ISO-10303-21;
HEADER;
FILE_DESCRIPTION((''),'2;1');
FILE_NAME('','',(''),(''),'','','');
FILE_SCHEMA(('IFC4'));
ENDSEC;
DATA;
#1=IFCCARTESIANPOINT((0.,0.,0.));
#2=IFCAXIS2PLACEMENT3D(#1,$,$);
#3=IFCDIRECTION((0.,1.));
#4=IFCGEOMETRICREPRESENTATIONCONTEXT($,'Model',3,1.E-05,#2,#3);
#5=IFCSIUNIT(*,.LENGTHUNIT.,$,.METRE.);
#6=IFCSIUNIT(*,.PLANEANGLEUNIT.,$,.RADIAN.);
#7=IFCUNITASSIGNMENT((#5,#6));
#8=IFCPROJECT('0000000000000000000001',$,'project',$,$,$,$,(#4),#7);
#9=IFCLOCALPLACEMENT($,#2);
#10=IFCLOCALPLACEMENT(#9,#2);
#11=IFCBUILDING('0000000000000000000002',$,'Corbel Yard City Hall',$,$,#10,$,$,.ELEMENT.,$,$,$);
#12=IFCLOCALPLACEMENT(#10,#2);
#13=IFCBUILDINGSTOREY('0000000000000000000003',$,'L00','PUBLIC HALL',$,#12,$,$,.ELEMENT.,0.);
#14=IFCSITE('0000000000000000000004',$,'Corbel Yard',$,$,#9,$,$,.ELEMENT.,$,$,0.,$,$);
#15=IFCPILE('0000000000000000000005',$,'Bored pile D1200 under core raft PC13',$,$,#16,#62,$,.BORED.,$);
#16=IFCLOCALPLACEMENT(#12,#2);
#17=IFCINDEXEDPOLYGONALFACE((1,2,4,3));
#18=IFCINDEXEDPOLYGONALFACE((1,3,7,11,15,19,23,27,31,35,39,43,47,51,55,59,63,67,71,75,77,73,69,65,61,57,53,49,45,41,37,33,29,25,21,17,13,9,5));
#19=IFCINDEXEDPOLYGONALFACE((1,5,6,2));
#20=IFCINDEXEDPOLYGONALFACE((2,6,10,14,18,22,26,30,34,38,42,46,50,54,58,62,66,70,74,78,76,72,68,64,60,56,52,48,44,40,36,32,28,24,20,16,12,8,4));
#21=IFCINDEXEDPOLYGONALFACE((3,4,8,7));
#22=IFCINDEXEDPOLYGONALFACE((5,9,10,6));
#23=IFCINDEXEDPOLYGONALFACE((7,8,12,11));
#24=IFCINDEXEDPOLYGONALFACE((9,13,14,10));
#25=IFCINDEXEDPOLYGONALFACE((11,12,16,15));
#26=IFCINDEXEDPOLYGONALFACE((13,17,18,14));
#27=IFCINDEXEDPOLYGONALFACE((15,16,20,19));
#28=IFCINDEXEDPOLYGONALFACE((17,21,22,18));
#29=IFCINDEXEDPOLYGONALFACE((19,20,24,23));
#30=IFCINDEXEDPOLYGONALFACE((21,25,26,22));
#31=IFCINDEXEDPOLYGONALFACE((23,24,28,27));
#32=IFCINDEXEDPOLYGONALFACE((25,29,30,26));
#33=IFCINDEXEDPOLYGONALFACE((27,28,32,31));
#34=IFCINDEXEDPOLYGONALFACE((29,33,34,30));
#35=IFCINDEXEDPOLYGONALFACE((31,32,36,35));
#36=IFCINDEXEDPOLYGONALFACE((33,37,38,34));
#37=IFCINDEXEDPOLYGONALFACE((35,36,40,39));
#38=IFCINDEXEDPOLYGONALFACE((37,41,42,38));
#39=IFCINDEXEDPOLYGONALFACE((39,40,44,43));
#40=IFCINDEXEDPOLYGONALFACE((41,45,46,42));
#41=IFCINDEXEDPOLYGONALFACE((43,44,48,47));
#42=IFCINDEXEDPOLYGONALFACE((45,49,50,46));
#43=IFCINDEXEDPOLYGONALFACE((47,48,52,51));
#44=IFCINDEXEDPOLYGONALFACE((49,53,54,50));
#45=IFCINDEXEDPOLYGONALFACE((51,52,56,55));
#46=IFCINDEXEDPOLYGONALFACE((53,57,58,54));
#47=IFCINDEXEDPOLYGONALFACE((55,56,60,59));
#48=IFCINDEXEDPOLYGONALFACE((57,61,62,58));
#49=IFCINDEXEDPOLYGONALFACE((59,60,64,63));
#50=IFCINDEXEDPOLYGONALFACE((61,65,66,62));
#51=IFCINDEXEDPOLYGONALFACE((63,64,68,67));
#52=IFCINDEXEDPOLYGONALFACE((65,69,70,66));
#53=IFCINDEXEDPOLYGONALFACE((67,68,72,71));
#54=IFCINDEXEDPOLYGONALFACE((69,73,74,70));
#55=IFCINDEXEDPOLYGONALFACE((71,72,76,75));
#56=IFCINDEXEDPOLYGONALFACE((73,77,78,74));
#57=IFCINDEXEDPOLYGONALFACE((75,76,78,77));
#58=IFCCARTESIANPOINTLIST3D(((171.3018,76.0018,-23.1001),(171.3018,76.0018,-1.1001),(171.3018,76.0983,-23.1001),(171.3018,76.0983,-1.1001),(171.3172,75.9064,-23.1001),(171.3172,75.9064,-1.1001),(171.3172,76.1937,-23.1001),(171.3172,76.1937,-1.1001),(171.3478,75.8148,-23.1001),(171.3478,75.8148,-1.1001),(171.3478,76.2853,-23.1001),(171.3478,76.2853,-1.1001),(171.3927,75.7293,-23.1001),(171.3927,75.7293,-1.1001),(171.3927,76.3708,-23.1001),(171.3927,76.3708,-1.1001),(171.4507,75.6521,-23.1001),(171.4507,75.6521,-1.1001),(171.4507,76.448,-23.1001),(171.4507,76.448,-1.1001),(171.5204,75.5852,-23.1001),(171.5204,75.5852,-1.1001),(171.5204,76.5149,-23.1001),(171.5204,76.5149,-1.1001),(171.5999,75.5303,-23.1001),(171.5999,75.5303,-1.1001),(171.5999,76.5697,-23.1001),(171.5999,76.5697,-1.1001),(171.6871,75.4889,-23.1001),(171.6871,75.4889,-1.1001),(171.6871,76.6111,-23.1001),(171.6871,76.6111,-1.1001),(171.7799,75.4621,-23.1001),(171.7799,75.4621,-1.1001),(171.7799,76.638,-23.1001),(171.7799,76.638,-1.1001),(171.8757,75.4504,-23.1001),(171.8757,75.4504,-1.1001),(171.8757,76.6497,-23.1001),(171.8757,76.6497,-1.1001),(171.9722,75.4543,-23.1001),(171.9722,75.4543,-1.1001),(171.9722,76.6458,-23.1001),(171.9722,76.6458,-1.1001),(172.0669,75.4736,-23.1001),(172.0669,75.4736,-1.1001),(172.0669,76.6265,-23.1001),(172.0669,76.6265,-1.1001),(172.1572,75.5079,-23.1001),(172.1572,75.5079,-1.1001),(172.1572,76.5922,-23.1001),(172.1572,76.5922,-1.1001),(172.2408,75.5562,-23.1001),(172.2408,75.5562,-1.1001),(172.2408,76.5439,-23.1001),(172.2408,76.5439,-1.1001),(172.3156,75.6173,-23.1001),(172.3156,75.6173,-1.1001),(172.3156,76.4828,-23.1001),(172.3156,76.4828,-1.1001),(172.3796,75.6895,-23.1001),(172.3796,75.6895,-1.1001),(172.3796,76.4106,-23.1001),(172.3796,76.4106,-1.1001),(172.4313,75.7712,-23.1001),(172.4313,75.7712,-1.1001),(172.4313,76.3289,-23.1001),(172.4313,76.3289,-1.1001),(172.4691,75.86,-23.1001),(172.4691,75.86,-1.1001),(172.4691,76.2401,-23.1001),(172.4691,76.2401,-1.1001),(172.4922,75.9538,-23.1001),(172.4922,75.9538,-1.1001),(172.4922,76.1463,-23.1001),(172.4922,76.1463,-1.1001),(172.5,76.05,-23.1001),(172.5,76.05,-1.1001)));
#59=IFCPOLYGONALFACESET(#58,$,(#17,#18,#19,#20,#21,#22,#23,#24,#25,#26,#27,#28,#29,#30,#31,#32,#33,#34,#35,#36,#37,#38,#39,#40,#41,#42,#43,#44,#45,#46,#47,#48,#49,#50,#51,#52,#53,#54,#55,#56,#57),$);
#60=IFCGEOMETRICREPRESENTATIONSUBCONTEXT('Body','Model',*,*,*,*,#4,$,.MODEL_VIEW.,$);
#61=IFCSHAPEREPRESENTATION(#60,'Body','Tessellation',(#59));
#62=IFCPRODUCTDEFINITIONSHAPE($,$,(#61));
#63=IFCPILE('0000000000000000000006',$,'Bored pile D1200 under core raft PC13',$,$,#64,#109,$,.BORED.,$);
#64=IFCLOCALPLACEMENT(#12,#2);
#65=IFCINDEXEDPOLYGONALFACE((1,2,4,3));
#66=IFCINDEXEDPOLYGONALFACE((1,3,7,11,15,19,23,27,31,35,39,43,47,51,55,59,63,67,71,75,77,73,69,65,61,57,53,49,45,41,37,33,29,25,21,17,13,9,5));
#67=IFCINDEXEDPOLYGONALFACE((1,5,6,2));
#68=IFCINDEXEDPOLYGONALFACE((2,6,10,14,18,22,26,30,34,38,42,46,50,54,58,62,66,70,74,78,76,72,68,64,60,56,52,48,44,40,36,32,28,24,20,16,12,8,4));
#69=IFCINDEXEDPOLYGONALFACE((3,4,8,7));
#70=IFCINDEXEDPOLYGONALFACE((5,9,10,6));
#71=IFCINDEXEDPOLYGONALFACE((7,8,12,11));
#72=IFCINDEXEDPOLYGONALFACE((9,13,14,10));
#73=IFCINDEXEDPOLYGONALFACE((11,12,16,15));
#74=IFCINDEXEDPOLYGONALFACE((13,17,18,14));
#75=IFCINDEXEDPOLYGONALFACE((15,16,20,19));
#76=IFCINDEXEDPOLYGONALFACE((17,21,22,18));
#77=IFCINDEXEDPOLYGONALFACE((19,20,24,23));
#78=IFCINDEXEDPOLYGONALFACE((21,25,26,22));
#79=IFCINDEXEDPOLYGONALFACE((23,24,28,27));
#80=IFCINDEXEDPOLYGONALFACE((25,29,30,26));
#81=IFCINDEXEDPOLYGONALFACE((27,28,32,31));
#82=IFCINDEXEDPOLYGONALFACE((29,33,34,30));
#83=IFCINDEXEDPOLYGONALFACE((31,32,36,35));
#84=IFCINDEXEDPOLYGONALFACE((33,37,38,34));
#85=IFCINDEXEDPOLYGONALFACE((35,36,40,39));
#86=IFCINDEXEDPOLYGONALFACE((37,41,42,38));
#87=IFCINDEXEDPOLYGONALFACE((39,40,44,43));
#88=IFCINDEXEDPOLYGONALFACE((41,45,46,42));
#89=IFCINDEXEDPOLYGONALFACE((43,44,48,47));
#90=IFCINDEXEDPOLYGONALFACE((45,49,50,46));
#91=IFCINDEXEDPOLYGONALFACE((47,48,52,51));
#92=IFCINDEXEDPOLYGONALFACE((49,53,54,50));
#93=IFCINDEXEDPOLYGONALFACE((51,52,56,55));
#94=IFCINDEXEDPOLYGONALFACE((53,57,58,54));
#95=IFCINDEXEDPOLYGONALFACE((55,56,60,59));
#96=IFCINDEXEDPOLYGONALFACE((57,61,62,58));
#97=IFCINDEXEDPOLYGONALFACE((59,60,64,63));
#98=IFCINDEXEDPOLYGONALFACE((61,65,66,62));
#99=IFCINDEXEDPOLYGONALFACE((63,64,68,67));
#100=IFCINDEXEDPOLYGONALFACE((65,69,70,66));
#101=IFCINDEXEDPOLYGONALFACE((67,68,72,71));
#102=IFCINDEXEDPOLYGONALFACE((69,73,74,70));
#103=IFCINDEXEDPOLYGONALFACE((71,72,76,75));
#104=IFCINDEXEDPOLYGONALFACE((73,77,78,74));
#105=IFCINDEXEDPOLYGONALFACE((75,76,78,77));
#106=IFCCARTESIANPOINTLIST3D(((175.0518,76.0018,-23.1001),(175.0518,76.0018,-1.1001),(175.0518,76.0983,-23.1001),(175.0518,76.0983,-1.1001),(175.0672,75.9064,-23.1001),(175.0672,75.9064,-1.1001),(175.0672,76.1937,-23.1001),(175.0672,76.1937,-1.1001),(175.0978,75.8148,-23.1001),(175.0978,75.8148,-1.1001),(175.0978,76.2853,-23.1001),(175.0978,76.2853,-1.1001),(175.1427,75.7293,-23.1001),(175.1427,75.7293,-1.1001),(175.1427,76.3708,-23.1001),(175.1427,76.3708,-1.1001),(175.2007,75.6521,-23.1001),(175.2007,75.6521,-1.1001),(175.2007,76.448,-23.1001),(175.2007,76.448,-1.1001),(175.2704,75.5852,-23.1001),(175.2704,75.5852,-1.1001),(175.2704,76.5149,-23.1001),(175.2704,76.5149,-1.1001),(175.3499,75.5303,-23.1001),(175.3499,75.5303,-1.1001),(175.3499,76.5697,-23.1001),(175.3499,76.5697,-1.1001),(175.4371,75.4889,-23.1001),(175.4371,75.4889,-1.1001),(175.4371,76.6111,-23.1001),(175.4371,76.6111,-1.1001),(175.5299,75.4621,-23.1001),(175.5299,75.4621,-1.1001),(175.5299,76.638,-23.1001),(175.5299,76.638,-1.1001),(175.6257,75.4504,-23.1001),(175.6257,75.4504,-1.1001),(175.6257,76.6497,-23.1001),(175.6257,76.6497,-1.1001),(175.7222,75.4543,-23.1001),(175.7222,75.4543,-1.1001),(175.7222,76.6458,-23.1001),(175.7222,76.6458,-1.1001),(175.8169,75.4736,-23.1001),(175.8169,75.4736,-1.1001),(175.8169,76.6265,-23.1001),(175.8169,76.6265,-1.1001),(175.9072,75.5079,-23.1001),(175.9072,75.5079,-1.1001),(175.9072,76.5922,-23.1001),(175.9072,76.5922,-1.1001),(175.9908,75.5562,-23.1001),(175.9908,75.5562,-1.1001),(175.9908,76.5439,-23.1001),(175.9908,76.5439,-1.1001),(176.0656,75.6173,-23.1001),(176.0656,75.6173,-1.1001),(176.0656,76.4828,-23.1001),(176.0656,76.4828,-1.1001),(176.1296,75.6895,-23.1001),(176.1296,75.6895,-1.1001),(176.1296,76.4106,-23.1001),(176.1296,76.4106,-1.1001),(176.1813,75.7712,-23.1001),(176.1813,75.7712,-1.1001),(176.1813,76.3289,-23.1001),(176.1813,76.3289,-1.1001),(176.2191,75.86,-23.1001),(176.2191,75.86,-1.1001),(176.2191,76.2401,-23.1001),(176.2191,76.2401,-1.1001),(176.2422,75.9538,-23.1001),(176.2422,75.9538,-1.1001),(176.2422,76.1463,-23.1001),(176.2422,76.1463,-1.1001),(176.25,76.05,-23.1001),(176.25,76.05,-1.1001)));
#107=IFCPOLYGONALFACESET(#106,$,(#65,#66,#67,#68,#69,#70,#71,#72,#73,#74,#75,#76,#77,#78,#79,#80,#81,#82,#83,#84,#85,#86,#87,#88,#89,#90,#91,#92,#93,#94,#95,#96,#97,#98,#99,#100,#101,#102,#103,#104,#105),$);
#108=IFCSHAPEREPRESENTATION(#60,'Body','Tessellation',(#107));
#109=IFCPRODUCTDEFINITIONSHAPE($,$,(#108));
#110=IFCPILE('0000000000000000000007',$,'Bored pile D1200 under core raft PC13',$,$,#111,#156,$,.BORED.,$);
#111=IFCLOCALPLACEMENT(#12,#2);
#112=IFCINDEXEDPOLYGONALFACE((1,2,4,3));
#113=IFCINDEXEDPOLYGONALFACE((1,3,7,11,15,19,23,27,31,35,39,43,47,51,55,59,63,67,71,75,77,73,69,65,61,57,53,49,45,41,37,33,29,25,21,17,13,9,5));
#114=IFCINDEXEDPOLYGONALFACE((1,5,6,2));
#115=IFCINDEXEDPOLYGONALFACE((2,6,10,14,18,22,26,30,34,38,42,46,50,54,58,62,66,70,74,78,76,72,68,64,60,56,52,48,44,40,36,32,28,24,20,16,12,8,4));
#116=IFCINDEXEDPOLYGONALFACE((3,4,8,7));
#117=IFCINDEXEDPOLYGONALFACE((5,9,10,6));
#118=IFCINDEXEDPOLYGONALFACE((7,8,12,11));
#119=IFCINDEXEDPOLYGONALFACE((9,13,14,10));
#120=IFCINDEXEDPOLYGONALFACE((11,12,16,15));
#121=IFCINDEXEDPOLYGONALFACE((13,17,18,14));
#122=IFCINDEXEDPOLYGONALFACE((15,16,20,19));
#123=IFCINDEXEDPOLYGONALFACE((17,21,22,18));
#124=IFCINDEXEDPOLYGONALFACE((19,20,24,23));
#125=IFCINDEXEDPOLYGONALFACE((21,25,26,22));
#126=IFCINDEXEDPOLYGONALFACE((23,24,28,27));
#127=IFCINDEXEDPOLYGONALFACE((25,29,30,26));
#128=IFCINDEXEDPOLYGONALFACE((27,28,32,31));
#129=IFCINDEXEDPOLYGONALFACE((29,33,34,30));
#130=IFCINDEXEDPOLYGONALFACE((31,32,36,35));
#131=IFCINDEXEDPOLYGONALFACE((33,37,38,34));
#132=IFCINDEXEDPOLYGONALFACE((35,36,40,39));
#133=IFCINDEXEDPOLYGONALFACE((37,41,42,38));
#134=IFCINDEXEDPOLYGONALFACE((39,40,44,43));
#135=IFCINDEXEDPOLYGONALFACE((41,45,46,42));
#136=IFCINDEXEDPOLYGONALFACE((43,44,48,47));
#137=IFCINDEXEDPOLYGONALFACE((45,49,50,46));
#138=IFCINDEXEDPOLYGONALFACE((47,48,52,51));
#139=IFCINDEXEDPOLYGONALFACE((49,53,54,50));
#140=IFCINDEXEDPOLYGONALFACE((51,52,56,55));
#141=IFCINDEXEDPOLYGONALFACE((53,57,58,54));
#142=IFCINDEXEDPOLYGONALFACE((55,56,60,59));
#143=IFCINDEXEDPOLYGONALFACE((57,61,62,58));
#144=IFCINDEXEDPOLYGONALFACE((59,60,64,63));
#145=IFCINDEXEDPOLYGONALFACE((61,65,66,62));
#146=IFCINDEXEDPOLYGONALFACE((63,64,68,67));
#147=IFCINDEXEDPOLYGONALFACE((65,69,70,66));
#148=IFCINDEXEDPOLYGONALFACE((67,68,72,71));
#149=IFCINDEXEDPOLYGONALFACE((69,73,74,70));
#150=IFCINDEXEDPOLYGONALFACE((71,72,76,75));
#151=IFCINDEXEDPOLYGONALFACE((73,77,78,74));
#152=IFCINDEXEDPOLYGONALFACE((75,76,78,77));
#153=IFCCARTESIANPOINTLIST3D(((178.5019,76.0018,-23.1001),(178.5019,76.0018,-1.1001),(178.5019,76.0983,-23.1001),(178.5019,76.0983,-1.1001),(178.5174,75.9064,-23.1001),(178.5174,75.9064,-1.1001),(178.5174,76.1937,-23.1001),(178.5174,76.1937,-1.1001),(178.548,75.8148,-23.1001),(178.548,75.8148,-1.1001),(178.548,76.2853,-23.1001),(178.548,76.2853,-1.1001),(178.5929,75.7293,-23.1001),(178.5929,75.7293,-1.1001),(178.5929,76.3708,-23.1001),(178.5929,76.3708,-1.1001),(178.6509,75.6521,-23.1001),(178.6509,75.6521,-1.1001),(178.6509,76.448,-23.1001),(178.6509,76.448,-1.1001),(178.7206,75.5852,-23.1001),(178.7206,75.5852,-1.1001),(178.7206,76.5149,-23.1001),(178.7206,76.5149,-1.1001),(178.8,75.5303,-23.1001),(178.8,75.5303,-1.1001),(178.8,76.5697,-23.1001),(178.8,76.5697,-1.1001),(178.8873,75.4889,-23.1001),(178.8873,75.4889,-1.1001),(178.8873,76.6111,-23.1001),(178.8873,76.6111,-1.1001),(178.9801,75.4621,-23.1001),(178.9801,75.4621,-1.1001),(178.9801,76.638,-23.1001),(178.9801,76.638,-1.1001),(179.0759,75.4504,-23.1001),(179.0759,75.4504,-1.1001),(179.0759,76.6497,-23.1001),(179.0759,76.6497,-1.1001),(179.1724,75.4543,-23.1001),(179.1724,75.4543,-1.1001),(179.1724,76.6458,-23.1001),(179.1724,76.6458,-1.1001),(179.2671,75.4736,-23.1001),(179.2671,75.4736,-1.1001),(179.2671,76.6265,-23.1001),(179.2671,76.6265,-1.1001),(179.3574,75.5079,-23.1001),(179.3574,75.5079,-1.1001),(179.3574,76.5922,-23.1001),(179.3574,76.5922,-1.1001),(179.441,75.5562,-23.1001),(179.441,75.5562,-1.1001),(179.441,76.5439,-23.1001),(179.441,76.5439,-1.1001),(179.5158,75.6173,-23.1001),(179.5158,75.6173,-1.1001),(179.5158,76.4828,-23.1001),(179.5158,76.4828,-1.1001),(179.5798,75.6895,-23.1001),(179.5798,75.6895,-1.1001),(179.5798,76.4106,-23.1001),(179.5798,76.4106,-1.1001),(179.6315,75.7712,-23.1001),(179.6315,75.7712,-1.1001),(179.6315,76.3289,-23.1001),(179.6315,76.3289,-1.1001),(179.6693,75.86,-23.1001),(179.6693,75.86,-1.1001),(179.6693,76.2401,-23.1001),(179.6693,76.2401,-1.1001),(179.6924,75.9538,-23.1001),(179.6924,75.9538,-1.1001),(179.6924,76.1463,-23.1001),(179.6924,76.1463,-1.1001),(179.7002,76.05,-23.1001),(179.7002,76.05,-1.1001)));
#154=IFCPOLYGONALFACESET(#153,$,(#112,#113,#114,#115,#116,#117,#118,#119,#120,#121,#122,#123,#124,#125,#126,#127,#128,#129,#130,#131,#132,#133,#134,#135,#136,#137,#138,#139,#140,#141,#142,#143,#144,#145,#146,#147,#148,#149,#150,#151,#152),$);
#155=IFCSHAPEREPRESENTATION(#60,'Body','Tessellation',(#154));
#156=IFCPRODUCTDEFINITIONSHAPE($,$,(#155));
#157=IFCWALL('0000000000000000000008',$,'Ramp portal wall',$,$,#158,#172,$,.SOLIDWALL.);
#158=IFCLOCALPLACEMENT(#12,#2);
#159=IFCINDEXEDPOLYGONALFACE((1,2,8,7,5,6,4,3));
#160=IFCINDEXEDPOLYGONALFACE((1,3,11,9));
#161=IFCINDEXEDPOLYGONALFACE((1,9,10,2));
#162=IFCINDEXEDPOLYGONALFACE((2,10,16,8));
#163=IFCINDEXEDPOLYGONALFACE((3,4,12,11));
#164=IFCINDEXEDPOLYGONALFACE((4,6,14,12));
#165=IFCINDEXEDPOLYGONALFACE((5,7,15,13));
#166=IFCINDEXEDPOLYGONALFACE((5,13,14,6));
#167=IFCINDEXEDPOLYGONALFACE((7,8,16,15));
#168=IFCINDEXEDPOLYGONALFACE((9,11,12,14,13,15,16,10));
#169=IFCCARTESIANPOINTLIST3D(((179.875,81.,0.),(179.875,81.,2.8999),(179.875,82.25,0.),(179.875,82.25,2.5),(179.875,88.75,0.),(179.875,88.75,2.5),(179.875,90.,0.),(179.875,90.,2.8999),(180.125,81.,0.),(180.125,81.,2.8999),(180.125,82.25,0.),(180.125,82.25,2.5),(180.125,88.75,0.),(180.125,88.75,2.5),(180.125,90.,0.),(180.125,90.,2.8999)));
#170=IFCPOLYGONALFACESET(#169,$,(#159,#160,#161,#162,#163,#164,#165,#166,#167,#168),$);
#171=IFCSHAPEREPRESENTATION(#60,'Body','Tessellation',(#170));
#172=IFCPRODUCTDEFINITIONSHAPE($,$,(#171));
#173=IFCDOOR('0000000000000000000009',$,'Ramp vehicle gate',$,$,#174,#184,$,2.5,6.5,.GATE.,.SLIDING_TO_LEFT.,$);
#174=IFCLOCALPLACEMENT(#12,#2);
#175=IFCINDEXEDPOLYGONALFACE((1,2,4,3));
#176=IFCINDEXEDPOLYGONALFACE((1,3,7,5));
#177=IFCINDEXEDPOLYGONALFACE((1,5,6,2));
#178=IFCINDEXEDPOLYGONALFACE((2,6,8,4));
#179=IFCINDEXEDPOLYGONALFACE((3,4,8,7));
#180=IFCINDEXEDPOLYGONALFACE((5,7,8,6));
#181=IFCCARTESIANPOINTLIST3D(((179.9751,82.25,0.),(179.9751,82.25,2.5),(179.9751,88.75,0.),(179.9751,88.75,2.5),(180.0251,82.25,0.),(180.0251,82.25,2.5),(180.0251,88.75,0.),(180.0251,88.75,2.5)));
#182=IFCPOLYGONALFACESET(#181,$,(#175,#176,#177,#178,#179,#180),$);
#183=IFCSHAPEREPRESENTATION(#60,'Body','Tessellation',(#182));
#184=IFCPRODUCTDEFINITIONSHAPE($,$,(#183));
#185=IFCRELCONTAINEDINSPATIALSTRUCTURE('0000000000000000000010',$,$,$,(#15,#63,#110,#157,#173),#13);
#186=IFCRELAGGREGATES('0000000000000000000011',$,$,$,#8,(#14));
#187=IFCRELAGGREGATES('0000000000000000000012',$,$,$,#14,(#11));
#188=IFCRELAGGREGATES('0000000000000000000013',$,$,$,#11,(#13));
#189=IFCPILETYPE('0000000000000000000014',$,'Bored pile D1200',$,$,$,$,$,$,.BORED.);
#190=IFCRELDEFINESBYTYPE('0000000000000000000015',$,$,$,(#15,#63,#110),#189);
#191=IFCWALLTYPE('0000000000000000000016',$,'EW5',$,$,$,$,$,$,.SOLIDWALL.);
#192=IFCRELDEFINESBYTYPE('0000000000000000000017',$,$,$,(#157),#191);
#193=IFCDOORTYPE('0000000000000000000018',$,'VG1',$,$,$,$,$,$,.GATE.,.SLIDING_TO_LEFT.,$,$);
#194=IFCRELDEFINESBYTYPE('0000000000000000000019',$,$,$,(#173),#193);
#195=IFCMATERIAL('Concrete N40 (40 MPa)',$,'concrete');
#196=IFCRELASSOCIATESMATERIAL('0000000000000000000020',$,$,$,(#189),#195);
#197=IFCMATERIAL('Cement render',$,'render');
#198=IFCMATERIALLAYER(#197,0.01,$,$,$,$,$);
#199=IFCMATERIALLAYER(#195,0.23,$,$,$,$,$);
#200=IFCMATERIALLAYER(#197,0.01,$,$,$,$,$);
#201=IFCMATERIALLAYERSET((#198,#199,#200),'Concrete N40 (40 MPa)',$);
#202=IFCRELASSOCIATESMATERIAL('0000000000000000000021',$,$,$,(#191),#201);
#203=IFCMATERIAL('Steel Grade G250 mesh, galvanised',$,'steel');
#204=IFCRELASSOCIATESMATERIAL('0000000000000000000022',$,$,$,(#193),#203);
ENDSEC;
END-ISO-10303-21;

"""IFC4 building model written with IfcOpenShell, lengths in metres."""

from ifc_helpers import new_model, si_unit, direction, frame, frame_2d, origin, origin_2d, place, context, subcontext, project, spatial, rectangle, circle, extrude, material, layer, layer_set, material_profile, profile_set, type_object, element, fill, save


model = new_model("IFC4")

# Units and contexts
model_context = context("Model", 3, precision=1e-05, world=origin(), true_north=direction((0.0, 1.0)))
body_context = subcontext(model_context, "Body", "Model", "MODEL_VIEW")
ifc_project = project(units=[si_unit("LENGTHUNIT", "METRE"), si_unit("PLANEANGLEUNIT", "RADIAN")], contexts=[model_context])

# Site, building, storey
site_placement = place(None, origin())
site = spatial("IfcSite", under=ifc_project, at=site_placement, Name="Corbel Yard", CompositionType="ELEMENT", RefElevation=0.0)
building_placement = place(site_placement, origin())
building = spatial("IfcBuilding", under=site, at=building_placement, Name="Corbel Yard City Hall", CompositionType="ELEMENT")
storey_placement = place(building_placement, origin())
storey = spatial("IfcBuildingStorey", under=building, at=storey_placement, Name="L00", Description="PUBLIC HALL", CompositionType="ELEMENT", Elevation=0.0)

# Piles
ifc_material_1 = material(Name="Concrete N40 (40 MPa)", Category="concrete")
ifc_material_profile = material_profile(ifc_material_1, circle(Radius=0.6001, at=origin_2d()), Name="D1200")
ifc_profile_set = profile_set([ifc_material_profile], Name="Concrete N40 (40 MPa)")
pile_type = type_object("IfcPileType", Name="Bored pile D1200", PredefinedType="BORED", material=ifc_profile_set)
for number, where, z_axis, x_axis, name in (
    (1, (171.8999, 76.05, -1.1001), (0.0, 0.0, -1.0), (1.0, 0.0, 0.0), "Bored pile D1200 under core raft PC13"),
    (2, (175.6499, 76.05, -1.1001), (0.0, 0.0, -1.0), (1.0, 0.0, 0.0), "Bored pile D1200 under core raft PC13"),
    (3, (179.1001, 76.05, -1.1001), (0.0, 0.0, -1.0), (1.0, 0.0, 0.0), "Bored pile D1200 under core raft PC13"),
):
    element("IfcPile", number, at=place(storey_placement, frame(where, z_axis=z_axis, x_axis=x_axis)), inside=storey, type_object=pile_type, Name=name, PredefinedType="BORED", context=body_context, shape_type="SweptSolid", body=[
        extrude(circle(Radius=0.6001, at=origin_2d()), origin(), (0.0, 0.0, 1.0), 22.0),
    ])

# Wall, opening, door
ifc_material_2 = material(Name="Cement render", Category="render")
ifc_layer_1 = layer(ifc_material_2, 0.01)
ifc_layer_2 = layer(ifc_material_1, 0.23)
ifc_layer_3 = layer(ifc_material_2, 0.01)
ifc_layer_set_1 = layer_set([ifc_layer_1, ifc_layer_2, ifc_layer_3], Name="Concrete N40 (40 MPa)")
wall_type_1 = type_object("IfcWallType", Name="EW5", PredefinedType="SOLIDWALL", material=ifc_layer_set_1)
wall_1_placement = place(storey_placement, frame((180.0, 81.0, 0.0), z_axis=(0.0, 0.0, 1.0), x_axis=(0.0, 1.0, 0.0)))
wall_1 = element("IfcWall", 4, at=wall_1_placement, inside=storey, type_object=wall_type_1, Name="Ramp portal wall", PredefinedType="SOLIDWALL", context=body_context, shape_type="SweptSolid", body=[
    extrude(rectangle(XDim=9.0, YDim=0.25, at=frame_2d((4.5, 0.0))), origin(), (0.0, 0.0, 1.0), 2.8999),
])
opening_1_placement = place(wall_1_placement, frame((1.25, 0.0, 0.0)))
opening_1 = element("IfcOpeningElement", 5, at=opening_1_placement, cuts=wall_1, PredefinedType="OPENING", context=body_context, shape_type="SweptSolid", body=[
    extrude(rectangle(XDim=6.5, YDim=2.5, at=frame_2d((3.25, 1.25))), frame((0.0, 0.135, 0.0), z_axis=(0.0, -1.0, 0.0), x_axis=(1.0, 0.0, 0.0)), (0.0, 0.0, 1.0), 0.27),
])
ifc_material_3 = material(Name="Steel Grade G250 mesh, galvanised", Category="steel")
door_type_1 = type_object("IfcDoorType", Name="VG1", OperationType="SLIDING_TO_LEFT", PredefinedType="GATE", material=ifc_material_3)
door_1_placement = place(opening_1_placement, origin())
door_1 = element("IfcDoor", 6, at=door_1_placement, inside=storey, type_object=door_type_1, Name="Ramp vehicle gate", OperationType="SLIDING_TO_LEFT", OverallHeight=2.5, OverallWidth=6.5, PredefinedType="GATE", context=body_context, shape_type="SweptSolid", body=[
    extrude(rectangle(XDim=6.5, YDim=2.5, at=frame_2d((3.25, 1.25))), frame((0.0, 0.0249, 0.0), z_axis=(0.0, -1.0, 0.0), x_axis=(1.0, 0.0, 0.0)), (0.0, 0.0, 1.0), 0.05),
])
fill(opening_1, door_1)

save(model, "model.ifc")
